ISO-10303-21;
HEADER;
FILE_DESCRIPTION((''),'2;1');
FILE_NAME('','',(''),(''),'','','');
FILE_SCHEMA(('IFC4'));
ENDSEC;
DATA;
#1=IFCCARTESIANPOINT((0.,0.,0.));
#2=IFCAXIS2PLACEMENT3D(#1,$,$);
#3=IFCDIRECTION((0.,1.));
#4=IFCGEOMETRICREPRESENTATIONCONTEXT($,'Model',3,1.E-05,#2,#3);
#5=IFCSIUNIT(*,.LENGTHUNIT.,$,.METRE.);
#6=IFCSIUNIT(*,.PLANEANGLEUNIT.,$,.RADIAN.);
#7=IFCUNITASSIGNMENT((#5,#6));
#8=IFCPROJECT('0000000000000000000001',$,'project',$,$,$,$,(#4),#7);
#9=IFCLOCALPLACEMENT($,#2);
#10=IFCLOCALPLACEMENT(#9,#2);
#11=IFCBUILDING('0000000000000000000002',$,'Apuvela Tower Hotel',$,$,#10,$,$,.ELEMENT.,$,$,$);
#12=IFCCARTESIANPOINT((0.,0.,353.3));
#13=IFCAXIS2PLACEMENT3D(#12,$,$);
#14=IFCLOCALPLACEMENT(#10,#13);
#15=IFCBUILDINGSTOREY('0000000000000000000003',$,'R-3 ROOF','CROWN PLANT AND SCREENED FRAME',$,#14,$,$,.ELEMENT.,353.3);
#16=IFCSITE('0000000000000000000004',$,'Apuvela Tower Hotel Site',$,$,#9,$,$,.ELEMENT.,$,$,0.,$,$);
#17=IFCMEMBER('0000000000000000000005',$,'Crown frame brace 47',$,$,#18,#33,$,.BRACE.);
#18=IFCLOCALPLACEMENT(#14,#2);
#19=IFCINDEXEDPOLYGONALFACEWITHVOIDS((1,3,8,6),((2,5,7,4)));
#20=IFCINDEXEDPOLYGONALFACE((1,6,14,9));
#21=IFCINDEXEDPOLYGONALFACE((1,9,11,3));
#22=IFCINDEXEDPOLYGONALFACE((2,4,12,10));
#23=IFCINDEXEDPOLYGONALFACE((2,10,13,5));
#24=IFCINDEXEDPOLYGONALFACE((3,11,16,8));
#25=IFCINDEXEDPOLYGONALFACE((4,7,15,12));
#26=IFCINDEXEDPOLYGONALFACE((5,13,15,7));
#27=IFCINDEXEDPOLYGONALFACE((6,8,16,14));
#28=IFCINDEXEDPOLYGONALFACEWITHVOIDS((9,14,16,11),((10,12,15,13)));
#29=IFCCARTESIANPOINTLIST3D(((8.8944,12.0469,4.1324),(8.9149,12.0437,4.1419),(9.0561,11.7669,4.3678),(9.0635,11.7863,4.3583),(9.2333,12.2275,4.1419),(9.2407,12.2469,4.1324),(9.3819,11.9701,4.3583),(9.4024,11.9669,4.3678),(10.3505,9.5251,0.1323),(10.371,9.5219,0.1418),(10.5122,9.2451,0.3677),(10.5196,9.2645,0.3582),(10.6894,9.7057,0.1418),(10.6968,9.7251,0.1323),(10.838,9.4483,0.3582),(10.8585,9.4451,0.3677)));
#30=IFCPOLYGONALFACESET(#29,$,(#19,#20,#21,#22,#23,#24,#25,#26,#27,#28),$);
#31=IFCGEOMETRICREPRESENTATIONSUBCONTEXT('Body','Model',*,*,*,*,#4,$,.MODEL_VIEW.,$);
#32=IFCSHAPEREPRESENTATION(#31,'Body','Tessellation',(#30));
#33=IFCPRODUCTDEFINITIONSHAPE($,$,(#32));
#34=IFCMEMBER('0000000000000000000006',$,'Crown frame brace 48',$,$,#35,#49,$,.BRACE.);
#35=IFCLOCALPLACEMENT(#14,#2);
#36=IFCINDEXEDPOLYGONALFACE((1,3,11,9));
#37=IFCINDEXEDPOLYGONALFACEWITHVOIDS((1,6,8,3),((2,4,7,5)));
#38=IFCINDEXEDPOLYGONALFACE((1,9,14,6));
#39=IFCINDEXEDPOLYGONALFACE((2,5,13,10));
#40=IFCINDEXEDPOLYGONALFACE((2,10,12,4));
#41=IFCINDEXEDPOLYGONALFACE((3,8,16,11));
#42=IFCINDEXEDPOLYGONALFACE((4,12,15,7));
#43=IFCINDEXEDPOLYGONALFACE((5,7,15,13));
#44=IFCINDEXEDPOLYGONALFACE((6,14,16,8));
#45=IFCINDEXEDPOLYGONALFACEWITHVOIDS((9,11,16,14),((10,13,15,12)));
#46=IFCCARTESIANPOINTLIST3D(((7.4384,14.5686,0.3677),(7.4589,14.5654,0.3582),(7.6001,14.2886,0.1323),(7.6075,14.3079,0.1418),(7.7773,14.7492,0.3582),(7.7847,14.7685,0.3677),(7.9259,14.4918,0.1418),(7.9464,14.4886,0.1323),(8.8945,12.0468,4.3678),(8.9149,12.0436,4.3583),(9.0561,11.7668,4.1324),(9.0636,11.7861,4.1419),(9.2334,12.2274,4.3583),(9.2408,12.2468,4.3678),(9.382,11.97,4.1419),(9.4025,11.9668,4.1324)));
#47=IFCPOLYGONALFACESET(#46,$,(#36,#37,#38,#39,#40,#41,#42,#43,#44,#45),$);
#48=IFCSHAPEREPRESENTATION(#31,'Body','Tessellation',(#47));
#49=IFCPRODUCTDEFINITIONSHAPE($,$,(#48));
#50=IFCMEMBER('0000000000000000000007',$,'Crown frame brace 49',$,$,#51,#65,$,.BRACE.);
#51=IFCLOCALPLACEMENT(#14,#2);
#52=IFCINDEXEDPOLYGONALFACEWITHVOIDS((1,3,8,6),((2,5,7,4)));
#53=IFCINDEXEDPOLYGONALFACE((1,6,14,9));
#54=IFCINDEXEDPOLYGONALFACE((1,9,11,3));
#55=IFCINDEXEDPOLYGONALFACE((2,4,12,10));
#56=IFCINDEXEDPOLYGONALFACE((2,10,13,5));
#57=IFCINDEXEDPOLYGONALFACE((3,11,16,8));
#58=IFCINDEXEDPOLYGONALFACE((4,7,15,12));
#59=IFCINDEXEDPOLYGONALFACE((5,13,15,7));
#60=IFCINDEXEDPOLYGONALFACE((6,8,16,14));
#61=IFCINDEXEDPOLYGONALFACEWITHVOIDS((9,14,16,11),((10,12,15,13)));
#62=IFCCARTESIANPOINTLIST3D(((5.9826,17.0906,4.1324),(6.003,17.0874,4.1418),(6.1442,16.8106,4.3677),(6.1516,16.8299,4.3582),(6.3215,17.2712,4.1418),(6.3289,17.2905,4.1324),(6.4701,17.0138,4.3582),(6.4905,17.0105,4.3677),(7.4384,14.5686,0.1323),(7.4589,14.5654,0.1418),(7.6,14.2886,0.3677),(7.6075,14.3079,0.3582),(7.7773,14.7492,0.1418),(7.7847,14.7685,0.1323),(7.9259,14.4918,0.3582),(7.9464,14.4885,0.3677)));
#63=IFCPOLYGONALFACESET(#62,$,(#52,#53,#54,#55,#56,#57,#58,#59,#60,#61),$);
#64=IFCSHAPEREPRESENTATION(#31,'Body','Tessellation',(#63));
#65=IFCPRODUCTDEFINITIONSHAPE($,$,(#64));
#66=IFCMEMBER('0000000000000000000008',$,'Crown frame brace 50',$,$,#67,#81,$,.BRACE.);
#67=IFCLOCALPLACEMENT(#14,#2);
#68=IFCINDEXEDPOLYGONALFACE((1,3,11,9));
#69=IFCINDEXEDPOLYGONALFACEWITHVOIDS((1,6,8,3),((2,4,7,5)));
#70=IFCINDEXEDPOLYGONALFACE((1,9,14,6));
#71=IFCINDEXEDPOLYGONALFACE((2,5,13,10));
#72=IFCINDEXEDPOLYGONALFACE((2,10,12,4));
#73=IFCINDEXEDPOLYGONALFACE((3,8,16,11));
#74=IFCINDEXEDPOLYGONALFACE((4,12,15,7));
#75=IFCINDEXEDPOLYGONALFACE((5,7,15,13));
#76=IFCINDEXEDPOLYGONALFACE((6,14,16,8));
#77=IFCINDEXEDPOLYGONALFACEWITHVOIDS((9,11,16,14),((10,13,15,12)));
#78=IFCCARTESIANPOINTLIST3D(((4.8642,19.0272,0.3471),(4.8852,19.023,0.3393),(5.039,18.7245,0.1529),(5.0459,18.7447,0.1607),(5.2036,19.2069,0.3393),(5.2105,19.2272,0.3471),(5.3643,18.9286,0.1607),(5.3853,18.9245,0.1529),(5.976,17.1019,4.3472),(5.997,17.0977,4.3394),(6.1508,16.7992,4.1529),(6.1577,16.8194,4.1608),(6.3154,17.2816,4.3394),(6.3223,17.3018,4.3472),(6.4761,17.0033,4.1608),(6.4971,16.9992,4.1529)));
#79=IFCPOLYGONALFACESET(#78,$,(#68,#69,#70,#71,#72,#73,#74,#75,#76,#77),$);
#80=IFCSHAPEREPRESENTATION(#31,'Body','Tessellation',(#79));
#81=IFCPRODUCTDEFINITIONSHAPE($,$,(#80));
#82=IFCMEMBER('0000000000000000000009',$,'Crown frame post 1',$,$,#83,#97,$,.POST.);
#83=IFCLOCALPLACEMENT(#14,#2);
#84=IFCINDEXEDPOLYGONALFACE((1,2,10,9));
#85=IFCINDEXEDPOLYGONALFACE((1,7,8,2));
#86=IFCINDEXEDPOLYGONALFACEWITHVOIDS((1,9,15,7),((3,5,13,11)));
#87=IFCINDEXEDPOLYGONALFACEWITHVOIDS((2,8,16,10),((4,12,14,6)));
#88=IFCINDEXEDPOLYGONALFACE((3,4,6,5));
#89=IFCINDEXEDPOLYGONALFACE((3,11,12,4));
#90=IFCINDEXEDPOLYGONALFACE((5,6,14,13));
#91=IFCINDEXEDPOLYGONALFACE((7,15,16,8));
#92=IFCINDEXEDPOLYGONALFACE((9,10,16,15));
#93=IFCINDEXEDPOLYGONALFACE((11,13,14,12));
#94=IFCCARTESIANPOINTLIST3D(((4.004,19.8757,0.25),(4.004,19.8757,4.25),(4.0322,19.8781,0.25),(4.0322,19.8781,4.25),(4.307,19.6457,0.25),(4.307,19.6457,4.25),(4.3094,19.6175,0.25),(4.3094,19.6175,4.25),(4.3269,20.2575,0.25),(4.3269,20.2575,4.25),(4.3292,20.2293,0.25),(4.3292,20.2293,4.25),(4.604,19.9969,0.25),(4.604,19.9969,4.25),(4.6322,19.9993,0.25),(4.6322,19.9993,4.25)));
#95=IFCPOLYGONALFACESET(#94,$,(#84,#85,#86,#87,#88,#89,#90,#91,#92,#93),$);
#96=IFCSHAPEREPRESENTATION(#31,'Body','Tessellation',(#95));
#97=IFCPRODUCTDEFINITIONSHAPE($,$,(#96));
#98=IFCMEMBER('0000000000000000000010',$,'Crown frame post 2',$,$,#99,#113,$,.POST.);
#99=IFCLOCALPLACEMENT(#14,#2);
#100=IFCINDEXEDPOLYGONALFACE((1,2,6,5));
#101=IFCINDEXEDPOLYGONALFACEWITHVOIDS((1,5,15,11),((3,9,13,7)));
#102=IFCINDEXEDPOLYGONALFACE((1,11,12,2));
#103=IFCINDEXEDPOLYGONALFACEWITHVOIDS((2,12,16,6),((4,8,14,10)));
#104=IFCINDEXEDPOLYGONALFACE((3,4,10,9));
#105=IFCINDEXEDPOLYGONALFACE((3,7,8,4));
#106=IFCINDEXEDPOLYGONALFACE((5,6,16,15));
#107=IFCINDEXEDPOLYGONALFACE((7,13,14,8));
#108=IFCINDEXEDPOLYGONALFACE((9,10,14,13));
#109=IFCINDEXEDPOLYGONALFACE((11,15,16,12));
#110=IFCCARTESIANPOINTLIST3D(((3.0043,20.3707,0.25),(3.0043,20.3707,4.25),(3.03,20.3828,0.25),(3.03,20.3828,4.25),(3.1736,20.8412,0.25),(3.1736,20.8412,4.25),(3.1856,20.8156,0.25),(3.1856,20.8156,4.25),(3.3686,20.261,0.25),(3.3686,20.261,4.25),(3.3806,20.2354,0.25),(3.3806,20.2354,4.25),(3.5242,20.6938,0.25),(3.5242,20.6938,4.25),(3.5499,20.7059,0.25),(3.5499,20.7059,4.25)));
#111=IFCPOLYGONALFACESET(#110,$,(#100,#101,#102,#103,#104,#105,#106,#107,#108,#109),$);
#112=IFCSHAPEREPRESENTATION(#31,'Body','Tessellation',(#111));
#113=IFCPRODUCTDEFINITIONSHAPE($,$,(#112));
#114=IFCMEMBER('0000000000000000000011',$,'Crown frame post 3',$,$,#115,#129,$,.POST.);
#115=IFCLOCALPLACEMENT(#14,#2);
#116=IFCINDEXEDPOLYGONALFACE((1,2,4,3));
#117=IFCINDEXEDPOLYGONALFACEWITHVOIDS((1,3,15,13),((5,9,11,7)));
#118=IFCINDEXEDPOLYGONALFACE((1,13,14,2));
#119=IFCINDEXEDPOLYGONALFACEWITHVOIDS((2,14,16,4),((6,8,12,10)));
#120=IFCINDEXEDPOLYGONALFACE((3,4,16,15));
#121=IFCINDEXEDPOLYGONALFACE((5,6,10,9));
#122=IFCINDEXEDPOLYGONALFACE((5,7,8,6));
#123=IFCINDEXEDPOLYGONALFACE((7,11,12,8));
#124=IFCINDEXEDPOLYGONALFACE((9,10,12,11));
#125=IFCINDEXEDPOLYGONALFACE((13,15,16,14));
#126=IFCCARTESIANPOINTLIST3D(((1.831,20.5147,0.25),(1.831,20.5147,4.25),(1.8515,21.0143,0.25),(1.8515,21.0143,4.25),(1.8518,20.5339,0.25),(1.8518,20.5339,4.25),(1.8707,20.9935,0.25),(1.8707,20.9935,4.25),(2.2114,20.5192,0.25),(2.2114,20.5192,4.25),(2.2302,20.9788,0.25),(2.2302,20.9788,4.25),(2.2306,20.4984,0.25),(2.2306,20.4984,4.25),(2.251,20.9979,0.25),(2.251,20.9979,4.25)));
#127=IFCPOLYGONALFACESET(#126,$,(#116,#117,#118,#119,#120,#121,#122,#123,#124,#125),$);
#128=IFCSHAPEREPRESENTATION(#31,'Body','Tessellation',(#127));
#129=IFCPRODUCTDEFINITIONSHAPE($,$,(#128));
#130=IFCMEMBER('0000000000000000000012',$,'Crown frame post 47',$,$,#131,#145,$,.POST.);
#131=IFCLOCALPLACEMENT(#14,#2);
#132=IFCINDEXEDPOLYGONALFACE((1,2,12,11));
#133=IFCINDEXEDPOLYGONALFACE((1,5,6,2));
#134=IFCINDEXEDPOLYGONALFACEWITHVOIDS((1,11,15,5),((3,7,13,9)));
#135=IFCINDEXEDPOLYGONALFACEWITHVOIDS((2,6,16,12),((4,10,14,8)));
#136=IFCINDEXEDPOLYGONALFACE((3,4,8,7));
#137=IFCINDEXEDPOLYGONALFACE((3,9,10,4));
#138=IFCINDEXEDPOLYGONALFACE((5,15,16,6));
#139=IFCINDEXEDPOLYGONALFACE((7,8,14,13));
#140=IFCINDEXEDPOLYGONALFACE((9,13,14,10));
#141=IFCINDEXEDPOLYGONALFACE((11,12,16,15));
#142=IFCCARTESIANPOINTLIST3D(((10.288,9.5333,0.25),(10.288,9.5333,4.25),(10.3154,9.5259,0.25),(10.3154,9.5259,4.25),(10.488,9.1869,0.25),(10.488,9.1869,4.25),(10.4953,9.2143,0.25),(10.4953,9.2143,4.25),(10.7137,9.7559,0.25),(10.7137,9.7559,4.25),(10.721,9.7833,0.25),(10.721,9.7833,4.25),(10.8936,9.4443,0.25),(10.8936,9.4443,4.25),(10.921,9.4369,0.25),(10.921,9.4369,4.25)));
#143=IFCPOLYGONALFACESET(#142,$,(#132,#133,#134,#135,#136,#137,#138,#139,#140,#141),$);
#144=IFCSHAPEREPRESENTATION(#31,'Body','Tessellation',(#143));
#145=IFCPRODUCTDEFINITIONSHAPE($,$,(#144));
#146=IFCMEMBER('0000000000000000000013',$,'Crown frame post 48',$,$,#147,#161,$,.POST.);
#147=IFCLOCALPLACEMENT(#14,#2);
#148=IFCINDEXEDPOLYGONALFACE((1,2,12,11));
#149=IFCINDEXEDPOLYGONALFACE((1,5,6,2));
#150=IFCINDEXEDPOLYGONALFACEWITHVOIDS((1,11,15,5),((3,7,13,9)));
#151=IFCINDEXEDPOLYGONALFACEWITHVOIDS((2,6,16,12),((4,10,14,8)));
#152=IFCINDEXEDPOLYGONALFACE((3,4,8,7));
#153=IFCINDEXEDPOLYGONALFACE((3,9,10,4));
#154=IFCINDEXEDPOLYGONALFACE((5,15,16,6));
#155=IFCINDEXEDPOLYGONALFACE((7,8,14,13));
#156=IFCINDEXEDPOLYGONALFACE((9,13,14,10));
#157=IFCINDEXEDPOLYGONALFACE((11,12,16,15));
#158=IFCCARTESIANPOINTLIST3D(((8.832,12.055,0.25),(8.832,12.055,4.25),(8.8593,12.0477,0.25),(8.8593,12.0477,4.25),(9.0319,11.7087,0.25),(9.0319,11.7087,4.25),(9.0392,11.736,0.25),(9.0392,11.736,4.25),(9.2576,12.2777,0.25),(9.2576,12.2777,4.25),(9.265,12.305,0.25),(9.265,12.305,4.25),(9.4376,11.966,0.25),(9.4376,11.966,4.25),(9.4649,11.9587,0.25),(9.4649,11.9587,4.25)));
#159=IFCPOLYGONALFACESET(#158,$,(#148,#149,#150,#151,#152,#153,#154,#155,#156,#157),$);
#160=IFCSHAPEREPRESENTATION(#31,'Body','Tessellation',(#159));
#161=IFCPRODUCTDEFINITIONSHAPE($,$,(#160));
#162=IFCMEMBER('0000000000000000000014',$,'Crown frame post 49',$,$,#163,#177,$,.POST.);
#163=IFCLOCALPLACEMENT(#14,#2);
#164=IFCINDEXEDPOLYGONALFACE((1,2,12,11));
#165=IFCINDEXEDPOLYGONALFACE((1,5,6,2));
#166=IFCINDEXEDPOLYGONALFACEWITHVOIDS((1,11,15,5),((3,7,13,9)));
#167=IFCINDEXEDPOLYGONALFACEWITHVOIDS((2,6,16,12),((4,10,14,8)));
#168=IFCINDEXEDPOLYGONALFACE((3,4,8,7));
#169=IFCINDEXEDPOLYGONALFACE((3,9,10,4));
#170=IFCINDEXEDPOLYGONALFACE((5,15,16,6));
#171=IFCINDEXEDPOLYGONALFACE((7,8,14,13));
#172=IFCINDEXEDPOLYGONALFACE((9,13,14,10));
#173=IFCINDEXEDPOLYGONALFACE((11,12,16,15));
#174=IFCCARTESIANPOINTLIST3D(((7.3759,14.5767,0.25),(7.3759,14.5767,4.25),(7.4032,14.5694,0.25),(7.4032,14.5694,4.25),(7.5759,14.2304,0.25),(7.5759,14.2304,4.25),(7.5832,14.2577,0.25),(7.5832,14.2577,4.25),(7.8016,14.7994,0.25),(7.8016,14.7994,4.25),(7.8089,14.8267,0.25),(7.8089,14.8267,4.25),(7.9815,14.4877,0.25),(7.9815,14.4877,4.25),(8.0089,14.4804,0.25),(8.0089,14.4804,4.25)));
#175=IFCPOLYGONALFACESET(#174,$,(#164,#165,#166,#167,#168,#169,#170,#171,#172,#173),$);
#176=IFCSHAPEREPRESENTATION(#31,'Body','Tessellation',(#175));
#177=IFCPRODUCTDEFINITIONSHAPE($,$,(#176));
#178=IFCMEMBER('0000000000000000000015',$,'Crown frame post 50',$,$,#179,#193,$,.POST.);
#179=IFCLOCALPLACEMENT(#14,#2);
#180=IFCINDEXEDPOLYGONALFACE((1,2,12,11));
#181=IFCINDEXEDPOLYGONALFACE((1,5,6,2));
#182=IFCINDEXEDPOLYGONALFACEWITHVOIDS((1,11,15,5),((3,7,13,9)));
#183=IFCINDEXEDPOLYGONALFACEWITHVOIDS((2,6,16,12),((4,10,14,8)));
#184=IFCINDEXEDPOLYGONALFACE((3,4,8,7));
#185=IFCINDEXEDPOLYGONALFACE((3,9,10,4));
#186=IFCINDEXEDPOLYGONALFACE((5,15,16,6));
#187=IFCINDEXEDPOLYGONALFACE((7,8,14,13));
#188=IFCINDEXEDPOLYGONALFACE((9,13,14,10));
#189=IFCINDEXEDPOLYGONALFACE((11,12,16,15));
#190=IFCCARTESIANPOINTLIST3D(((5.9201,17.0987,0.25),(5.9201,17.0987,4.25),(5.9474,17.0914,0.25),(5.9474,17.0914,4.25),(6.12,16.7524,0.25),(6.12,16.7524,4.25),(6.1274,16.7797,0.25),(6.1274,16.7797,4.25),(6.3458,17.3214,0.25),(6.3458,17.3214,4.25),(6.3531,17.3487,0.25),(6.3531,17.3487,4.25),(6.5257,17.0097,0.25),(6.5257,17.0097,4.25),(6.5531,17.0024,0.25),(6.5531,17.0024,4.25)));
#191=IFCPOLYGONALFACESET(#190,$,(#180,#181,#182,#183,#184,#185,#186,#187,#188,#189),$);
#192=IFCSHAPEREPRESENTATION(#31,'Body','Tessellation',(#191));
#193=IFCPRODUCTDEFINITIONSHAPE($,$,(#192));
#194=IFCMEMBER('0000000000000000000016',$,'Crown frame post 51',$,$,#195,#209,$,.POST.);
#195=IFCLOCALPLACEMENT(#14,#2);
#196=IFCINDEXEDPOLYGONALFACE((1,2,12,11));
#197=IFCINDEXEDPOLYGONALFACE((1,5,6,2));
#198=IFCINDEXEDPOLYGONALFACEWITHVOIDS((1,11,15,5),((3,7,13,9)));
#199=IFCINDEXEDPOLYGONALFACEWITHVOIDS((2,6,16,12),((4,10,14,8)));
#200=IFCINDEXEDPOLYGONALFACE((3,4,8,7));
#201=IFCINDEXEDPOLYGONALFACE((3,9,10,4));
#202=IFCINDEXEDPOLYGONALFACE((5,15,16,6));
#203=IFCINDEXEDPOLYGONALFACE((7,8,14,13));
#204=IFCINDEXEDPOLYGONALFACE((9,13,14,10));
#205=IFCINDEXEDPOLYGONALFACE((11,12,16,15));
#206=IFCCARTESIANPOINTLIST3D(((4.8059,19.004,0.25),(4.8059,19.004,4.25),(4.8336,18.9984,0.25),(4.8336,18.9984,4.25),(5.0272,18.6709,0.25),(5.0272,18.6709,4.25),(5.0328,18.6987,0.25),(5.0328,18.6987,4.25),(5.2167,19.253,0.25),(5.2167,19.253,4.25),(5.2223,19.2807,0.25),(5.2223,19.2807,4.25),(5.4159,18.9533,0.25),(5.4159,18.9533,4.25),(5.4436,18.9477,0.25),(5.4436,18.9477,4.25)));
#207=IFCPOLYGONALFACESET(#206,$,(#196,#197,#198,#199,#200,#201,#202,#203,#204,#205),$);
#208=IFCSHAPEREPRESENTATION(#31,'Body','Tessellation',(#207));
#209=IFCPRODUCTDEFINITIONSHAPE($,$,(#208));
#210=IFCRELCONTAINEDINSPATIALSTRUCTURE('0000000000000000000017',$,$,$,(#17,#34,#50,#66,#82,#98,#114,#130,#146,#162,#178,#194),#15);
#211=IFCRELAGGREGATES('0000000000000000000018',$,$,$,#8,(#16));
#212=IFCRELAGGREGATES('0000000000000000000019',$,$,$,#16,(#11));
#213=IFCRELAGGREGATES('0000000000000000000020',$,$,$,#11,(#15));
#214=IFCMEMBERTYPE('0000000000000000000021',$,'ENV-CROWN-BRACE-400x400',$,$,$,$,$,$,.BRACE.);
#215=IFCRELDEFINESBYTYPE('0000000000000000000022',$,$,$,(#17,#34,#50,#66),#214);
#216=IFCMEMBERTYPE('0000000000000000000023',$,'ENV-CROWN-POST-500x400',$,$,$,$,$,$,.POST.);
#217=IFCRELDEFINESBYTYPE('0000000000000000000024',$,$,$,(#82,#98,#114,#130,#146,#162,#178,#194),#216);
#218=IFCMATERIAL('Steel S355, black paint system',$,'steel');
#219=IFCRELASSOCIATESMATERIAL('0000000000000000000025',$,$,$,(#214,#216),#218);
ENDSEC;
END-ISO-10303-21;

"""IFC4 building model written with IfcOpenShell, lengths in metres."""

from ifc_helpers import new_model, si_unit, direction, frame, origin, origin_2d, place, context, subcontext, project, spatial, hollow_rectangle, extrude, material, material_profile, profile_set, type_object, element, save


model = new_model("IFC4")

# Units and contexts
model_context = context("Model", 3, precision=1e-05, world=origin(), true_north=direction((0.0, 1.0)))
body_context = subcontext(model_context, "Body", "Model", "MODEL_VIEW")
ifc_project = project(units=[si_unit("LENGTHUNIT", "METRE"), si_unit("PLANEANGLEUNIT", "RADIAN")], contexts=[model_context])

# Site, building, storey
site_placement = place(None, origin())
site = spatial("IfcSite", under=ifc_project, at=site_placement, Name="Apuvela Tower Hotel Site", CompositionType="ELEMENT", RefElevation=0.0)
building_placement = place(site_placement, origin())
building = spatial("IfcBuilding", under=site, at=building_placement, Name="Apuvela Tower Hotel", CompositionType="ELEMENT")
storey_placement = place(building_placement, frame((0.0, 0.0, 353.3)))
storey = spatial("IfcBuildingStorey", under=building, at=storey_placement, Name="R-3 ROOF", Description="CROWN PLANT AND SCREENED FRAME", CompositionType="ELEMENT", Elevation=353.3)

# Members
ifc_material_1 = material(Name="Steel S355, black paint system", Category="steel")
ifc_material_profile_1 = material_profile(ifc_material_1, hollow_rectangle(XDim=0.3999, YDim=0.3999, WallThickness=0.0161, at=origin_2d()), Name="HSS 400x400x16")
ifc_profile_set_1 = profile_set([ifc_material_profile_1], Name="Steel S355, black paint system")
member_type_1 = type_object("IfcMemberType", Name="ENV-CROWN-BRACE-400x400", PredefinedType="BRACE", material=ifc_profile_set_1)
for number, where, z_axis, x_axis, name in (
    (1, (10.6045, 9.4851, 0.25), (-0.294292, 0.509682, 0.808465), (-0.866005, -0.500035, 0.0), "Crown frame brace 47"),
    (2, (7.6924, 14.5286, 0.25), (0.294292, -0.509682, 0.808465), (0.866005, 0.500035, 0.0), "Crown frame brace 48"),
    (3, (7.6924, 14.5286, 0.25), (-0.29424, 0.509726, 0.808457), (-0.866063, -0.499935, 0.0), "Crown frame brace 49"),
):
    element("IfcMember", number, at=place(storey_placement, frame(where, z_axis=z_axis, x_axis=x_axis)), inside=storey, type_object=member_type_1, Name=name, PredefinedType="BRACE", context=body_context, shape_type="SweptSolid", body=[
        extrude(hollow_rectangle(XDim=0.3999, YDim=0.3999, WallThickness=0.0161, at=origin_2d()), origin(), (0.0, 0.0, 1.0), 4.9478),
    ])
member_1_placement = place(storey_placement, frame((5.1248, 18.9758, 0.25), z_axis=(0.242949, -0.420706, 0.874061), x_axis=(0.865977, 0.500084, 0.0)))
element("IfcMember", 4, at=member_1_placement, inside=storey, type_object=member_type_1, Name="Crown frame brace 50", PredefinedType="BRACE", context=body_context, shape_type="SweptSolid", body=[
    extrude(hollow_rectangle(XDim=0.3999, YDim=0.3999, WallThickness=0.0161, at=origin_2d()), origin(), (0.0, 0.0, 1.0), 4.5764),
])
ifc_material_profile_2 = material_profile(ifc_material_1, hollow_rectangle(XDim=0.3999, YDim=0.5, WallThickness=0.02, at=origin_2d()), Name="HSS 500x400x20")
ifc_profile_set_2 = profile_set([ifc_material_profile_2], Name="Steel S355, black paint system")
member_type_2 = type_object("IfcMemberType", Name="ENV-CROWN-POST-500x400", PredefinedType="POST", material=ifc_profile_set_2)
for number, where, z_axis, x_axis, name in (
    (5, (4.3181, 19.9375, 0.25), (0.0, 0.0, 1.0), (-0.76358, 0.645714, 0.0), "Crown frame post 1"),
    (6, (3.2771, 20.5383, 0.25), (0.0, 0.0, 1.0), (-0.940994, 0.338423, 0.0), "Crown frame post 2"),
    (7, (2.041, 20.7563, 0.25), (0.0, 0.0, 1.0), (-0.999161, 0.040951, 0.0), "Crown frame post 3"),
    (8, (10.6045, 9.4851, 0.25), (0.0, 0.0, 1.0), (-0.5, 0.866025, 0.0), "Crown frame post 47"),
    (9, (9.1484, 12.0068, 0.25), (0.0, 0.0, 1.0), (-0.5, 0.866025, 0.0), "Crown frame post 48"),
    (10, (7.6924, 14.5286, 0.25), (0.0, 0.0, 1.0), (-0.5, 0.866025, 0.0), "Crown frame post 49"),
    (11, (6.2366, 17.0505, 0.25), (0.0, 0.0, 1.0), (-0.5, 0.866025, 0.0), "Crown frame post 50"),
    (12, (5.1248, 18.9758, 0.25), (0.0, 0.0, 1.0), (-0.553467, 0.832871, 0.0), "Crown frame post 51"),
):
    element("IfcMember", number, at=place(storey_placement, frame(where, z_axis=z_axis, x_axis=x_axis)), inside=storey, type_object=member_type_2, Name=name, PredefinedType="POST", context=body_context, shape_type="SweptSolid", body=[
        extrude(hollow_rectangle(XDim=0.3999, YDim=0.5, WallThickness=0.02, at=origin_2d()), origin(), (0.0, 0.0, 1.0), 4.0),
    ])

save(model, "model.ifc")
